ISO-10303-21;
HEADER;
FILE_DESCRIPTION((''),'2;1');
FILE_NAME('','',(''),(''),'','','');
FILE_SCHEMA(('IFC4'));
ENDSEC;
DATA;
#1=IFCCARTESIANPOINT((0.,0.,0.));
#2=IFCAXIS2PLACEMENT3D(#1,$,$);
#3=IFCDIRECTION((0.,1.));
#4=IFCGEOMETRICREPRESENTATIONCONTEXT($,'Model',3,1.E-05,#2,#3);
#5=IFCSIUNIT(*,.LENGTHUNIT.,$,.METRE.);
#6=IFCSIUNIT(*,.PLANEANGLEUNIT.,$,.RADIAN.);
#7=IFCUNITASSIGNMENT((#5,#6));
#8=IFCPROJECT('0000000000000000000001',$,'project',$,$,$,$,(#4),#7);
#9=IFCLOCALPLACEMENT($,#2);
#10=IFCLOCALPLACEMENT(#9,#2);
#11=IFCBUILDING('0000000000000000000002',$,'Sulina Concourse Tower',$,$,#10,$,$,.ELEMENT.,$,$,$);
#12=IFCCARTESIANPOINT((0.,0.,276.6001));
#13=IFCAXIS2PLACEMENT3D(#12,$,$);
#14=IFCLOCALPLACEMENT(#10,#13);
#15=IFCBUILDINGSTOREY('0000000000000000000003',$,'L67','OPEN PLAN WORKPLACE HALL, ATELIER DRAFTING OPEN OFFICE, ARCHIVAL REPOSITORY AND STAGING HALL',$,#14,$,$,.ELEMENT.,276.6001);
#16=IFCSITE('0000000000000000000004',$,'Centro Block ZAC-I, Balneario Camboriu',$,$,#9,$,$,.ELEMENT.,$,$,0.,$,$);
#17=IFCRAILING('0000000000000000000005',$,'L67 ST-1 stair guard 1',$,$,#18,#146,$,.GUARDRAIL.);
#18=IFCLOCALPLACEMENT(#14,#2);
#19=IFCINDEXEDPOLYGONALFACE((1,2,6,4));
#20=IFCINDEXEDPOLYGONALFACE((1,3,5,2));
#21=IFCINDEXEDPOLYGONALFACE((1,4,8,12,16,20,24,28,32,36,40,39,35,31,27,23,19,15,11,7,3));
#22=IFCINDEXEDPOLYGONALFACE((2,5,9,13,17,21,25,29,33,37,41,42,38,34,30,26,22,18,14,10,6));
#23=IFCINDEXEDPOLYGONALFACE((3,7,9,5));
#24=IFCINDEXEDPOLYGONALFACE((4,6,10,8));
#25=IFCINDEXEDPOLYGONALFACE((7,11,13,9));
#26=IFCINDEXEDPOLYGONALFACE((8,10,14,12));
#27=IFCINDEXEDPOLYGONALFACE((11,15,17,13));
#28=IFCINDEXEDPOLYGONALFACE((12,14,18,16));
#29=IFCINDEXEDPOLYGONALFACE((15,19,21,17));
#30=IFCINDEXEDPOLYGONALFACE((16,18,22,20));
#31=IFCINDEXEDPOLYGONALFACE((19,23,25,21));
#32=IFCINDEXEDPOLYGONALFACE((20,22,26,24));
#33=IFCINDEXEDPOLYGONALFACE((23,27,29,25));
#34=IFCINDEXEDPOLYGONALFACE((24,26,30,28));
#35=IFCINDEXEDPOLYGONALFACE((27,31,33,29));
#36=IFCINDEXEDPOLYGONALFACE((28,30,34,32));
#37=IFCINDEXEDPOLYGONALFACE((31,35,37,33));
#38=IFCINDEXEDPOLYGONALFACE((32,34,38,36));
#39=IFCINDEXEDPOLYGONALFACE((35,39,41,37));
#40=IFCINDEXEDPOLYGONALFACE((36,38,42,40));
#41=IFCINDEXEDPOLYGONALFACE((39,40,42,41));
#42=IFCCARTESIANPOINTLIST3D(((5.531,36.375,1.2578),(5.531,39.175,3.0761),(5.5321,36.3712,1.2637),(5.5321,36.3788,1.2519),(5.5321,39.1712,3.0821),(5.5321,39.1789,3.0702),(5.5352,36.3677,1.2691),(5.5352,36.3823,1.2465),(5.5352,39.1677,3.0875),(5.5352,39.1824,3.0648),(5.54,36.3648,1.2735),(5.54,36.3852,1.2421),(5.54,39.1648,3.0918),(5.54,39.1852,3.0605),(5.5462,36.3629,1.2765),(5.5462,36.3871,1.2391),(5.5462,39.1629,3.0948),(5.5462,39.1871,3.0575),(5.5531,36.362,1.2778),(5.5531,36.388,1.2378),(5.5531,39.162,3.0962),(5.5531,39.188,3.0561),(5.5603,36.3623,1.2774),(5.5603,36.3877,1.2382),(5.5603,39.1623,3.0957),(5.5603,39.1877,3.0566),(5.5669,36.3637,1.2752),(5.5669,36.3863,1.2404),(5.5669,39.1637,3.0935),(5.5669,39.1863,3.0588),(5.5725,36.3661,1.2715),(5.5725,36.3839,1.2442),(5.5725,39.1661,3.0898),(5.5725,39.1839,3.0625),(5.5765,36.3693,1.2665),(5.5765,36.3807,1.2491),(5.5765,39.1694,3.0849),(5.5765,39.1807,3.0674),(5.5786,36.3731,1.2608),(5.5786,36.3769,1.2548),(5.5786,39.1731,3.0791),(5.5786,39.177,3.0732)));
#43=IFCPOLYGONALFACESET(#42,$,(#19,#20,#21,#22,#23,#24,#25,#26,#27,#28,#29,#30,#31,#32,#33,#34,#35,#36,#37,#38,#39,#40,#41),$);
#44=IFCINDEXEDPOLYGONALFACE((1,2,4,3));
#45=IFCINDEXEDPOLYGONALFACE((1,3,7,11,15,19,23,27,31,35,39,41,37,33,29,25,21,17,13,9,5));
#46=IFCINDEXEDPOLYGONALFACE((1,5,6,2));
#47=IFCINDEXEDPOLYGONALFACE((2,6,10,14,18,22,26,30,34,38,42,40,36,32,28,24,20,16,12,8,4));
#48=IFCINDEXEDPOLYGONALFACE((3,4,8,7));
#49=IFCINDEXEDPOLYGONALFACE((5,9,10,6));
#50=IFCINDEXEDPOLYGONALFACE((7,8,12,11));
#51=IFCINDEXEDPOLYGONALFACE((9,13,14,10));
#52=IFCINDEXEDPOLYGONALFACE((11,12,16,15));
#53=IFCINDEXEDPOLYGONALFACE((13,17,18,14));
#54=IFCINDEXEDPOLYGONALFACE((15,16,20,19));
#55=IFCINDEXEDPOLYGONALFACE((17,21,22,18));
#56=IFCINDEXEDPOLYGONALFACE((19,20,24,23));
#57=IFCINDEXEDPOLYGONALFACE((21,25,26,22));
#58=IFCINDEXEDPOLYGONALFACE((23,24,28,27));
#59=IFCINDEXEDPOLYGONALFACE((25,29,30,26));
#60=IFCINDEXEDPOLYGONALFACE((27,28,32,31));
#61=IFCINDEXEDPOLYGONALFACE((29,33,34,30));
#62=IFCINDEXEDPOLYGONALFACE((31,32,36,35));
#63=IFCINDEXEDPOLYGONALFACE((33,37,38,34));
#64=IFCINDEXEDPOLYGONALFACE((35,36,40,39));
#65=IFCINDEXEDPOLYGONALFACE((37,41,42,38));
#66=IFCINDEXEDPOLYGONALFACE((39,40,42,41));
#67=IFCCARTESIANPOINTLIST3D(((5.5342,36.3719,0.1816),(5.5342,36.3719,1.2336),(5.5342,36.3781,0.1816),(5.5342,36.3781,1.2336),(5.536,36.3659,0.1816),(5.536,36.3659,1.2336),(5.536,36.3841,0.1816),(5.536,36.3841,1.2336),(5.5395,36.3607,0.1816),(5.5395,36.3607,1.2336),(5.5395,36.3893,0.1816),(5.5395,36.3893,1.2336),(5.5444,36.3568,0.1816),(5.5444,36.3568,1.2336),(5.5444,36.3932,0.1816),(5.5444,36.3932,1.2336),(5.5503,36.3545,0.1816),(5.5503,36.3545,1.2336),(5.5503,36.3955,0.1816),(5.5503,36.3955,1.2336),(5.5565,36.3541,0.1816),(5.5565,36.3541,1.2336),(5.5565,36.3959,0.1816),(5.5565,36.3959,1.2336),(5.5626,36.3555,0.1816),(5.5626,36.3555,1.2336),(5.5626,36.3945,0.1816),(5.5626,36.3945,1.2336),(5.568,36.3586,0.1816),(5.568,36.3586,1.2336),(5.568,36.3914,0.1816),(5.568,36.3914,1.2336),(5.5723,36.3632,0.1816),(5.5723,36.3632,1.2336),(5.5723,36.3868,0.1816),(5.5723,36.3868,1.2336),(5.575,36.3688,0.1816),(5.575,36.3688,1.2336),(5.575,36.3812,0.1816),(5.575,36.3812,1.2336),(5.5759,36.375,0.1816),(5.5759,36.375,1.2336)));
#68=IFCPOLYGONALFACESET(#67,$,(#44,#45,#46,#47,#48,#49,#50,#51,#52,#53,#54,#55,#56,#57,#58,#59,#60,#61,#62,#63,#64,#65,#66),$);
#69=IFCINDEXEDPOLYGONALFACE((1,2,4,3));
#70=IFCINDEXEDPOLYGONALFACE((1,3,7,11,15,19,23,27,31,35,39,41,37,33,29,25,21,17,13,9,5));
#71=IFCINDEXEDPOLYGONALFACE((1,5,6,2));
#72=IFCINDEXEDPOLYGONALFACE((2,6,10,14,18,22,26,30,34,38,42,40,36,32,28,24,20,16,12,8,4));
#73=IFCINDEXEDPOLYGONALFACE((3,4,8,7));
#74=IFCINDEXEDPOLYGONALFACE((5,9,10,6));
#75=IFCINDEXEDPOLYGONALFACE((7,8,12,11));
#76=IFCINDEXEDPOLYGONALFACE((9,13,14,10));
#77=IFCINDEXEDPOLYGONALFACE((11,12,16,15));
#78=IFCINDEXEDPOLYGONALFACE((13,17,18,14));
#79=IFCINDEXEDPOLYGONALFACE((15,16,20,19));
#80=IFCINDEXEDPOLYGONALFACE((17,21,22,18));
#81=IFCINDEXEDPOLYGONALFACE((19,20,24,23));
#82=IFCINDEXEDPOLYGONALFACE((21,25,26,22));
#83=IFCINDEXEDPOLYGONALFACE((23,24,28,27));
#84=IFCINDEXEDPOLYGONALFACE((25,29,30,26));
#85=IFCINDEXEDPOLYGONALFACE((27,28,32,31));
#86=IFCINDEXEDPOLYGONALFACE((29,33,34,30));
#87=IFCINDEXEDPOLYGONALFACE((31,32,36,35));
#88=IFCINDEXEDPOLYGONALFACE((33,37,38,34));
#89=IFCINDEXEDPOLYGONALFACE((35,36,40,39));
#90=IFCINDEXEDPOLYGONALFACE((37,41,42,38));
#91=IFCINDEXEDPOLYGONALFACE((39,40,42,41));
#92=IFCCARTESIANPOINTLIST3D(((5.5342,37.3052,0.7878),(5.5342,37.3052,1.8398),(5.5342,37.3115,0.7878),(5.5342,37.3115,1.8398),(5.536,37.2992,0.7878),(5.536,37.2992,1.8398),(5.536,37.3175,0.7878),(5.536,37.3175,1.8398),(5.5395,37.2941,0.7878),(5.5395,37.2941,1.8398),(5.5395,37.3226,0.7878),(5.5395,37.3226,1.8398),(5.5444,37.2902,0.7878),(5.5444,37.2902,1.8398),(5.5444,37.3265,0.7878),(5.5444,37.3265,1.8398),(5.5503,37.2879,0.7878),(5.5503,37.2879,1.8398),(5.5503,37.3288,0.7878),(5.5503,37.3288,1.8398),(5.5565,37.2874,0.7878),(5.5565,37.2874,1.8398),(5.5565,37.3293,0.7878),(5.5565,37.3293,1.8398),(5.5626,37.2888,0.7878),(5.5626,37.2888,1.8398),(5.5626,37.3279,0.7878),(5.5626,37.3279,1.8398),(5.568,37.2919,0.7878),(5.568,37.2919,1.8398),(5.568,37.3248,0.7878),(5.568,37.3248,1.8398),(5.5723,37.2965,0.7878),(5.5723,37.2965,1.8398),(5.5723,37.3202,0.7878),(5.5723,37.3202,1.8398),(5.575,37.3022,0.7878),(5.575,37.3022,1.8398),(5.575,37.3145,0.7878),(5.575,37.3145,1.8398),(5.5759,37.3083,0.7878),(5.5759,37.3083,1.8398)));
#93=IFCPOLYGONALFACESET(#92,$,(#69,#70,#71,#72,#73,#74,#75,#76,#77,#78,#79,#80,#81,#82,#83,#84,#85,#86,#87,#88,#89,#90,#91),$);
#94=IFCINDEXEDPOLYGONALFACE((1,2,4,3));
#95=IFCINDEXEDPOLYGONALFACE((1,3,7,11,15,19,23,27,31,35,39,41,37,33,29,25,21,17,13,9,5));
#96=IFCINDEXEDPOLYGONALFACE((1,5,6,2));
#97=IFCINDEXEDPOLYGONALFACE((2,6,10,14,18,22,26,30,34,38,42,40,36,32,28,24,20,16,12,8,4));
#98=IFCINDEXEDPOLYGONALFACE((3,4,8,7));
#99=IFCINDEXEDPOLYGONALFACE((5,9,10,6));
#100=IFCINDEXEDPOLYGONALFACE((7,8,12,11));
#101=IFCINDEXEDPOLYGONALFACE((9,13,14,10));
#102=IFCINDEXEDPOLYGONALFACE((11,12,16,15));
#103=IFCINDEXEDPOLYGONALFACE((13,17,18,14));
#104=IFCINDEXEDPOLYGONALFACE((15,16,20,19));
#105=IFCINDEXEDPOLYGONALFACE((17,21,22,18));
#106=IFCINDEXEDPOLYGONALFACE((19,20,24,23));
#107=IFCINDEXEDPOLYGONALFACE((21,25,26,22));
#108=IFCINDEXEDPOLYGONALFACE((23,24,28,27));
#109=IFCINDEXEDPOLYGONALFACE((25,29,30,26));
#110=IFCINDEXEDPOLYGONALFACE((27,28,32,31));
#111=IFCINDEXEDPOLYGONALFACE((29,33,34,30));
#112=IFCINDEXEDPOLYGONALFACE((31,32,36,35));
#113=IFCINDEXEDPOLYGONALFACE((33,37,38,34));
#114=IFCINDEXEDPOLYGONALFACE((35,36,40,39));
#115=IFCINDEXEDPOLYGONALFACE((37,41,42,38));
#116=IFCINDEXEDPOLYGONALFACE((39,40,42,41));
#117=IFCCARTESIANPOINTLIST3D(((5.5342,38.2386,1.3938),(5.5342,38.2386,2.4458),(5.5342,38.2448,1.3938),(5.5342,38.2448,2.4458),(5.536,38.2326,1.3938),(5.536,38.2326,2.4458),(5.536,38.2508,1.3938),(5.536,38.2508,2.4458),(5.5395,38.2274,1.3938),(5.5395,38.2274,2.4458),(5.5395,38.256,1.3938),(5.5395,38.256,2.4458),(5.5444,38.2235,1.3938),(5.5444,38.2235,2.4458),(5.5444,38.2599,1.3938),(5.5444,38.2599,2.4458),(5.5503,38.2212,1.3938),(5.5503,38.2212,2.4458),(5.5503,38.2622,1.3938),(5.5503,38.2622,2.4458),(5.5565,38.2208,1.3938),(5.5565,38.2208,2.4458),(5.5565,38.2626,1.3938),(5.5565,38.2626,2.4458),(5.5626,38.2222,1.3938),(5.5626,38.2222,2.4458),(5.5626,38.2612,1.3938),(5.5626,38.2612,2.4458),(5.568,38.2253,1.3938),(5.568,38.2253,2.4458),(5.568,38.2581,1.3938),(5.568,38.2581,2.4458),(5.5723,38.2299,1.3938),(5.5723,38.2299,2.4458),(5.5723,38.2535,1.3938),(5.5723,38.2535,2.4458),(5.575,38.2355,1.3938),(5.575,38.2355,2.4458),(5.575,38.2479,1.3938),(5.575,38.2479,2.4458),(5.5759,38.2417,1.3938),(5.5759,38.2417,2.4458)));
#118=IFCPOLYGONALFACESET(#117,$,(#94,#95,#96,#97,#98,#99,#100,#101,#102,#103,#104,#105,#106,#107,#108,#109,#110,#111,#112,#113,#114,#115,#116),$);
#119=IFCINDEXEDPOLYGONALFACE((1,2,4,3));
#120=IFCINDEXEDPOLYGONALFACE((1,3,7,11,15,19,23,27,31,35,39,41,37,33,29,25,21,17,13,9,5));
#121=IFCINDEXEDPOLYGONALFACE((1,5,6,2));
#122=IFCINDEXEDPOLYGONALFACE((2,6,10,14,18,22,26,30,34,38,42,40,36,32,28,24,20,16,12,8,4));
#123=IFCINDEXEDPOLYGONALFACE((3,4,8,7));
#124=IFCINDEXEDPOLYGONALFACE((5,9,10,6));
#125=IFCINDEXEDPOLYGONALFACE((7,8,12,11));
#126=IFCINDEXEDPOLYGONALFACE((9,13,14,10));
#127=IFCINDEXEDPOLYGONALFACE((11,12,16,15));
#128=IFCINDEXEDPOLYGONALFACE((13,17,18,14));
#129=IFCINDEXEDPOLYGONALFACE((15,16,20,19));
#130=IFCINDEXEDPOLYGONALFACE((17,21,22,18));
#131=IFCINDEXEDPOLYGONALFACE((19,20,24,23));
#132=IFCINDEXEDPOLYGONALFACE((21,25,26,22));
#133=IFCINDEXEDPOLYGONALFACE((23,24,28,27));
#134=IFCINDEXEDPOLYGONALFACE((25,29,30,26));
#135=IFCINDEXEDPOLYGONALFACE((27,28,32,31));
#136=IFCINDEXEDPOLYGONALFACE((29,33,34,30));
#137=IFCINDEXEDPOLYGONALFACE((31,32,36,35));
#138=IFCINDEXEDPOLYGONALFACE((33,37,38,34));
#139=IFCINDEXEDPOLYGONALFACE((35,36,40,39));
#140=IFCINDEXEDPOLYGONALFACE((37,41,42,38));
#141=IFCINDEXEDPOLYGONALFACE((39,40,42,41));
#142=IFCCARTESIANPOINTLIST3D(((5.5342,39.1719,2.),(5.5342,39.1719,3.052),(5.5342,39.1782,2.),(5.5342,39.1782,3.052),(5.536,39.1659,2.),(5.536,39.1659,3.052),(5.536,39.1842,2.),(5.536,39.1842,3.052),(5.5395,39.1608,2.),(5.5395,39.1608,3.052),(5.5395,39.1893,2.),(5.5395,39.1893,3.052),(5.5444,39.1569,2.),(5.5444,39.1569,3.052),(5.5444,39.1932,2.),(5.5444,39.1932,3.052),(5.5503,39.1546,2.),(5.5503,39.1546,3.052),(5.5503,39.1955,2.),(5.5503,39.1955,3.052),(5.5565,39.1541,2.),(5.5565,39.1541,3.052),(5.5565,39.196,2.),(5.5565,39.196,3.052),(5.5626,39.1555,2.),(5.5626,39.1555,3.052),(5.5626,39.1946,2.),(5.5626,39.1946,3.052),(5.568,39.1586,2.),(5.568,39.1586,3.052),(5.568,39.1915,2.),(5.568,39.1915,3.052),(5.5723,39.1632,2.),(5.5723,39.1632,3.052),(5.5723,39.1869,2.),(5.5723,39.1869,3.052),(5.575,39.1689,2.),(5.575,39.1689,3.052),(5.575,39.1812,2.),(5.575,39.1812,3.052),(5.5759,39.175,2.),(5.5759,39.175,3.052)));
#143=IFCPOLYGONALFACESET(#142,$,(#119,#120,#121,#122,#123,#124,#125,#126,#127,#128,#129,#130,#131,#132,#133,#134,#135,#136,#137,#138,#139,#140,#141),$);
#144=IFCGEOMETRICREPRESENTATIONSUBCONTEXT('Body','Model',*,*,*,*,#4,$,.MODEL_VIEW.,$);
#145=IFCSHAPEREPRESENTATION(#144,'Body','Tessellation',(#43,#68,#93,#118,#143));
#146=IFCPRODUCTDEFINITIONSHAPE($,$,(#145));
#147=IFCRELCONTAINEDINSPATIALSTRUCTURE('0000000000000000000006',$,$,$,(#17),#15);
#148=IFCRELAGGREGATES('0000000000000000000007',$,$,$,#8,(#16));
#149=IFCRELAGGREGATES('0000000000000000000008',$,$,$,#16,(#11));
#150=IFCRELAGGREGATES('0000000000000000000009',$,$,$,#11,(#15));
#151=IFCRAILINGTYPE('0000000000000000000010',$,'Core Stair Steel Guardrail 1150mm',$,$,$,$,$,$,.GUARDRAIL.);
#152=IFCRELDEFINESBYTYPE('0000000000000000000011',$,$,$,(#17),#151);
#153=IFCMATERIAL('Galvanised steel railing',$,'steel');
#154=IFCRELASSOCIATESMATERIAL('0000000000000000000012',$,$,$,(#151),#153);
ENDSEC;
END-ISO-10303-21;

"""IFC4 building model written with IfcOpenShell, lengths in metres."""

from ifc_helpers import new_model, si_unit, direction, frame, origin, origin_2d, place, context, subcontext, project, spatial, circle, extrude, material, type_object, element, save


model = new_model("IFC4")

# Units and contexts
model_context = context("Model", 3, precision=1e-05, world=origin(), true_north=direction((0.0, 1.0)))
body_context = subcontext(model_context, "Body", "Model", "MODEL_VIEW")
ifc_project = project(units=[si_unit("LENGTHUNIT", "METRE"), si_unit("PLANEANGLEUNIT", "RADIAN")], contexts=[model_context])

# Site, building, storey
site_placement = place(None, origin())
site = spatial("IfcSite", under=ifc_project, at=site_placement, Name="Centro Block ZAC-I, Balneario Camboriu", CompositionType="ELEMENT", RefElevation=0.0)
building_placement = place(site_placement, origin())
building = spatial("IfcBuilding", under=site, at=building_placement, Name="Sulina Concourse Tower", CompositionType="ELEMENT")
storey_placement = place(building_placement, frame((0.0, 0.0, 276.6001)))
storey = spatial("IfcBuildingStorey", under=building, at=storey_placement, Name="L67", Description="OPEN PLAN WORKPLACE HALL, ATELIER DRAFTING OPEN OFFICE, ARCHIVAL REPOSITORY AND STAGING HALL", CompositionType="ELEMENT", Elevation=276.6001)

# Railing
ifc_material_1 = material(Name="Galvanised steel railing", Category="steel")
railing_type_1 = type_object("IfcRailingType", Name="Core Stair Steel Guardrail 1150mm", PredefinedType="GUARDRAIL", material=ifc_material_1)
railing_1_placement = place(storey_placement, frame((5.5549, 36.375, 0.1816)))
element("IfcRailing", 1, at=railing_1_placement, inside=storey, type_object=railing_type_1, Name="L67 ST-1 stair guard 1", PredefinedType="GUARDRAIL", context=body_context, shape_type="SweptSolid", body=[
    extrude(circle(Radius=0.0239, at=origin_2d()), frame((0.0, 0.0, 1.0762), z_axis=(0.0, 0.838672, 0.544636), x_axis=(-1.0, 0.0, 0.0)), (0.0, 0.0, 1.0), 3.3386),
    extrude(circle(Radius=0.021, at=origin_2d()), origin(), (0.0, 0.0, 1.0), 1.052),
    extrude(circle(Radius=0.021, at=origin_2d()), frame((0.0, 0.9333, 0.6062)), (0.0, 0.0, 1.0), 1.052),
    extrude(circle(Radius=0.021, at=origin_2d()), frame((0.0, 1.8667, 1.2122)), (0.0, 0.0, 1.0), 1.052),
    extrude(circle(Radius=0.021, at=origin_2d()), frame((0.0, 2.8, 1.8184)), (0.0, 0.0, 1.0), 1.052),
])

save(model, "model.ifc")
